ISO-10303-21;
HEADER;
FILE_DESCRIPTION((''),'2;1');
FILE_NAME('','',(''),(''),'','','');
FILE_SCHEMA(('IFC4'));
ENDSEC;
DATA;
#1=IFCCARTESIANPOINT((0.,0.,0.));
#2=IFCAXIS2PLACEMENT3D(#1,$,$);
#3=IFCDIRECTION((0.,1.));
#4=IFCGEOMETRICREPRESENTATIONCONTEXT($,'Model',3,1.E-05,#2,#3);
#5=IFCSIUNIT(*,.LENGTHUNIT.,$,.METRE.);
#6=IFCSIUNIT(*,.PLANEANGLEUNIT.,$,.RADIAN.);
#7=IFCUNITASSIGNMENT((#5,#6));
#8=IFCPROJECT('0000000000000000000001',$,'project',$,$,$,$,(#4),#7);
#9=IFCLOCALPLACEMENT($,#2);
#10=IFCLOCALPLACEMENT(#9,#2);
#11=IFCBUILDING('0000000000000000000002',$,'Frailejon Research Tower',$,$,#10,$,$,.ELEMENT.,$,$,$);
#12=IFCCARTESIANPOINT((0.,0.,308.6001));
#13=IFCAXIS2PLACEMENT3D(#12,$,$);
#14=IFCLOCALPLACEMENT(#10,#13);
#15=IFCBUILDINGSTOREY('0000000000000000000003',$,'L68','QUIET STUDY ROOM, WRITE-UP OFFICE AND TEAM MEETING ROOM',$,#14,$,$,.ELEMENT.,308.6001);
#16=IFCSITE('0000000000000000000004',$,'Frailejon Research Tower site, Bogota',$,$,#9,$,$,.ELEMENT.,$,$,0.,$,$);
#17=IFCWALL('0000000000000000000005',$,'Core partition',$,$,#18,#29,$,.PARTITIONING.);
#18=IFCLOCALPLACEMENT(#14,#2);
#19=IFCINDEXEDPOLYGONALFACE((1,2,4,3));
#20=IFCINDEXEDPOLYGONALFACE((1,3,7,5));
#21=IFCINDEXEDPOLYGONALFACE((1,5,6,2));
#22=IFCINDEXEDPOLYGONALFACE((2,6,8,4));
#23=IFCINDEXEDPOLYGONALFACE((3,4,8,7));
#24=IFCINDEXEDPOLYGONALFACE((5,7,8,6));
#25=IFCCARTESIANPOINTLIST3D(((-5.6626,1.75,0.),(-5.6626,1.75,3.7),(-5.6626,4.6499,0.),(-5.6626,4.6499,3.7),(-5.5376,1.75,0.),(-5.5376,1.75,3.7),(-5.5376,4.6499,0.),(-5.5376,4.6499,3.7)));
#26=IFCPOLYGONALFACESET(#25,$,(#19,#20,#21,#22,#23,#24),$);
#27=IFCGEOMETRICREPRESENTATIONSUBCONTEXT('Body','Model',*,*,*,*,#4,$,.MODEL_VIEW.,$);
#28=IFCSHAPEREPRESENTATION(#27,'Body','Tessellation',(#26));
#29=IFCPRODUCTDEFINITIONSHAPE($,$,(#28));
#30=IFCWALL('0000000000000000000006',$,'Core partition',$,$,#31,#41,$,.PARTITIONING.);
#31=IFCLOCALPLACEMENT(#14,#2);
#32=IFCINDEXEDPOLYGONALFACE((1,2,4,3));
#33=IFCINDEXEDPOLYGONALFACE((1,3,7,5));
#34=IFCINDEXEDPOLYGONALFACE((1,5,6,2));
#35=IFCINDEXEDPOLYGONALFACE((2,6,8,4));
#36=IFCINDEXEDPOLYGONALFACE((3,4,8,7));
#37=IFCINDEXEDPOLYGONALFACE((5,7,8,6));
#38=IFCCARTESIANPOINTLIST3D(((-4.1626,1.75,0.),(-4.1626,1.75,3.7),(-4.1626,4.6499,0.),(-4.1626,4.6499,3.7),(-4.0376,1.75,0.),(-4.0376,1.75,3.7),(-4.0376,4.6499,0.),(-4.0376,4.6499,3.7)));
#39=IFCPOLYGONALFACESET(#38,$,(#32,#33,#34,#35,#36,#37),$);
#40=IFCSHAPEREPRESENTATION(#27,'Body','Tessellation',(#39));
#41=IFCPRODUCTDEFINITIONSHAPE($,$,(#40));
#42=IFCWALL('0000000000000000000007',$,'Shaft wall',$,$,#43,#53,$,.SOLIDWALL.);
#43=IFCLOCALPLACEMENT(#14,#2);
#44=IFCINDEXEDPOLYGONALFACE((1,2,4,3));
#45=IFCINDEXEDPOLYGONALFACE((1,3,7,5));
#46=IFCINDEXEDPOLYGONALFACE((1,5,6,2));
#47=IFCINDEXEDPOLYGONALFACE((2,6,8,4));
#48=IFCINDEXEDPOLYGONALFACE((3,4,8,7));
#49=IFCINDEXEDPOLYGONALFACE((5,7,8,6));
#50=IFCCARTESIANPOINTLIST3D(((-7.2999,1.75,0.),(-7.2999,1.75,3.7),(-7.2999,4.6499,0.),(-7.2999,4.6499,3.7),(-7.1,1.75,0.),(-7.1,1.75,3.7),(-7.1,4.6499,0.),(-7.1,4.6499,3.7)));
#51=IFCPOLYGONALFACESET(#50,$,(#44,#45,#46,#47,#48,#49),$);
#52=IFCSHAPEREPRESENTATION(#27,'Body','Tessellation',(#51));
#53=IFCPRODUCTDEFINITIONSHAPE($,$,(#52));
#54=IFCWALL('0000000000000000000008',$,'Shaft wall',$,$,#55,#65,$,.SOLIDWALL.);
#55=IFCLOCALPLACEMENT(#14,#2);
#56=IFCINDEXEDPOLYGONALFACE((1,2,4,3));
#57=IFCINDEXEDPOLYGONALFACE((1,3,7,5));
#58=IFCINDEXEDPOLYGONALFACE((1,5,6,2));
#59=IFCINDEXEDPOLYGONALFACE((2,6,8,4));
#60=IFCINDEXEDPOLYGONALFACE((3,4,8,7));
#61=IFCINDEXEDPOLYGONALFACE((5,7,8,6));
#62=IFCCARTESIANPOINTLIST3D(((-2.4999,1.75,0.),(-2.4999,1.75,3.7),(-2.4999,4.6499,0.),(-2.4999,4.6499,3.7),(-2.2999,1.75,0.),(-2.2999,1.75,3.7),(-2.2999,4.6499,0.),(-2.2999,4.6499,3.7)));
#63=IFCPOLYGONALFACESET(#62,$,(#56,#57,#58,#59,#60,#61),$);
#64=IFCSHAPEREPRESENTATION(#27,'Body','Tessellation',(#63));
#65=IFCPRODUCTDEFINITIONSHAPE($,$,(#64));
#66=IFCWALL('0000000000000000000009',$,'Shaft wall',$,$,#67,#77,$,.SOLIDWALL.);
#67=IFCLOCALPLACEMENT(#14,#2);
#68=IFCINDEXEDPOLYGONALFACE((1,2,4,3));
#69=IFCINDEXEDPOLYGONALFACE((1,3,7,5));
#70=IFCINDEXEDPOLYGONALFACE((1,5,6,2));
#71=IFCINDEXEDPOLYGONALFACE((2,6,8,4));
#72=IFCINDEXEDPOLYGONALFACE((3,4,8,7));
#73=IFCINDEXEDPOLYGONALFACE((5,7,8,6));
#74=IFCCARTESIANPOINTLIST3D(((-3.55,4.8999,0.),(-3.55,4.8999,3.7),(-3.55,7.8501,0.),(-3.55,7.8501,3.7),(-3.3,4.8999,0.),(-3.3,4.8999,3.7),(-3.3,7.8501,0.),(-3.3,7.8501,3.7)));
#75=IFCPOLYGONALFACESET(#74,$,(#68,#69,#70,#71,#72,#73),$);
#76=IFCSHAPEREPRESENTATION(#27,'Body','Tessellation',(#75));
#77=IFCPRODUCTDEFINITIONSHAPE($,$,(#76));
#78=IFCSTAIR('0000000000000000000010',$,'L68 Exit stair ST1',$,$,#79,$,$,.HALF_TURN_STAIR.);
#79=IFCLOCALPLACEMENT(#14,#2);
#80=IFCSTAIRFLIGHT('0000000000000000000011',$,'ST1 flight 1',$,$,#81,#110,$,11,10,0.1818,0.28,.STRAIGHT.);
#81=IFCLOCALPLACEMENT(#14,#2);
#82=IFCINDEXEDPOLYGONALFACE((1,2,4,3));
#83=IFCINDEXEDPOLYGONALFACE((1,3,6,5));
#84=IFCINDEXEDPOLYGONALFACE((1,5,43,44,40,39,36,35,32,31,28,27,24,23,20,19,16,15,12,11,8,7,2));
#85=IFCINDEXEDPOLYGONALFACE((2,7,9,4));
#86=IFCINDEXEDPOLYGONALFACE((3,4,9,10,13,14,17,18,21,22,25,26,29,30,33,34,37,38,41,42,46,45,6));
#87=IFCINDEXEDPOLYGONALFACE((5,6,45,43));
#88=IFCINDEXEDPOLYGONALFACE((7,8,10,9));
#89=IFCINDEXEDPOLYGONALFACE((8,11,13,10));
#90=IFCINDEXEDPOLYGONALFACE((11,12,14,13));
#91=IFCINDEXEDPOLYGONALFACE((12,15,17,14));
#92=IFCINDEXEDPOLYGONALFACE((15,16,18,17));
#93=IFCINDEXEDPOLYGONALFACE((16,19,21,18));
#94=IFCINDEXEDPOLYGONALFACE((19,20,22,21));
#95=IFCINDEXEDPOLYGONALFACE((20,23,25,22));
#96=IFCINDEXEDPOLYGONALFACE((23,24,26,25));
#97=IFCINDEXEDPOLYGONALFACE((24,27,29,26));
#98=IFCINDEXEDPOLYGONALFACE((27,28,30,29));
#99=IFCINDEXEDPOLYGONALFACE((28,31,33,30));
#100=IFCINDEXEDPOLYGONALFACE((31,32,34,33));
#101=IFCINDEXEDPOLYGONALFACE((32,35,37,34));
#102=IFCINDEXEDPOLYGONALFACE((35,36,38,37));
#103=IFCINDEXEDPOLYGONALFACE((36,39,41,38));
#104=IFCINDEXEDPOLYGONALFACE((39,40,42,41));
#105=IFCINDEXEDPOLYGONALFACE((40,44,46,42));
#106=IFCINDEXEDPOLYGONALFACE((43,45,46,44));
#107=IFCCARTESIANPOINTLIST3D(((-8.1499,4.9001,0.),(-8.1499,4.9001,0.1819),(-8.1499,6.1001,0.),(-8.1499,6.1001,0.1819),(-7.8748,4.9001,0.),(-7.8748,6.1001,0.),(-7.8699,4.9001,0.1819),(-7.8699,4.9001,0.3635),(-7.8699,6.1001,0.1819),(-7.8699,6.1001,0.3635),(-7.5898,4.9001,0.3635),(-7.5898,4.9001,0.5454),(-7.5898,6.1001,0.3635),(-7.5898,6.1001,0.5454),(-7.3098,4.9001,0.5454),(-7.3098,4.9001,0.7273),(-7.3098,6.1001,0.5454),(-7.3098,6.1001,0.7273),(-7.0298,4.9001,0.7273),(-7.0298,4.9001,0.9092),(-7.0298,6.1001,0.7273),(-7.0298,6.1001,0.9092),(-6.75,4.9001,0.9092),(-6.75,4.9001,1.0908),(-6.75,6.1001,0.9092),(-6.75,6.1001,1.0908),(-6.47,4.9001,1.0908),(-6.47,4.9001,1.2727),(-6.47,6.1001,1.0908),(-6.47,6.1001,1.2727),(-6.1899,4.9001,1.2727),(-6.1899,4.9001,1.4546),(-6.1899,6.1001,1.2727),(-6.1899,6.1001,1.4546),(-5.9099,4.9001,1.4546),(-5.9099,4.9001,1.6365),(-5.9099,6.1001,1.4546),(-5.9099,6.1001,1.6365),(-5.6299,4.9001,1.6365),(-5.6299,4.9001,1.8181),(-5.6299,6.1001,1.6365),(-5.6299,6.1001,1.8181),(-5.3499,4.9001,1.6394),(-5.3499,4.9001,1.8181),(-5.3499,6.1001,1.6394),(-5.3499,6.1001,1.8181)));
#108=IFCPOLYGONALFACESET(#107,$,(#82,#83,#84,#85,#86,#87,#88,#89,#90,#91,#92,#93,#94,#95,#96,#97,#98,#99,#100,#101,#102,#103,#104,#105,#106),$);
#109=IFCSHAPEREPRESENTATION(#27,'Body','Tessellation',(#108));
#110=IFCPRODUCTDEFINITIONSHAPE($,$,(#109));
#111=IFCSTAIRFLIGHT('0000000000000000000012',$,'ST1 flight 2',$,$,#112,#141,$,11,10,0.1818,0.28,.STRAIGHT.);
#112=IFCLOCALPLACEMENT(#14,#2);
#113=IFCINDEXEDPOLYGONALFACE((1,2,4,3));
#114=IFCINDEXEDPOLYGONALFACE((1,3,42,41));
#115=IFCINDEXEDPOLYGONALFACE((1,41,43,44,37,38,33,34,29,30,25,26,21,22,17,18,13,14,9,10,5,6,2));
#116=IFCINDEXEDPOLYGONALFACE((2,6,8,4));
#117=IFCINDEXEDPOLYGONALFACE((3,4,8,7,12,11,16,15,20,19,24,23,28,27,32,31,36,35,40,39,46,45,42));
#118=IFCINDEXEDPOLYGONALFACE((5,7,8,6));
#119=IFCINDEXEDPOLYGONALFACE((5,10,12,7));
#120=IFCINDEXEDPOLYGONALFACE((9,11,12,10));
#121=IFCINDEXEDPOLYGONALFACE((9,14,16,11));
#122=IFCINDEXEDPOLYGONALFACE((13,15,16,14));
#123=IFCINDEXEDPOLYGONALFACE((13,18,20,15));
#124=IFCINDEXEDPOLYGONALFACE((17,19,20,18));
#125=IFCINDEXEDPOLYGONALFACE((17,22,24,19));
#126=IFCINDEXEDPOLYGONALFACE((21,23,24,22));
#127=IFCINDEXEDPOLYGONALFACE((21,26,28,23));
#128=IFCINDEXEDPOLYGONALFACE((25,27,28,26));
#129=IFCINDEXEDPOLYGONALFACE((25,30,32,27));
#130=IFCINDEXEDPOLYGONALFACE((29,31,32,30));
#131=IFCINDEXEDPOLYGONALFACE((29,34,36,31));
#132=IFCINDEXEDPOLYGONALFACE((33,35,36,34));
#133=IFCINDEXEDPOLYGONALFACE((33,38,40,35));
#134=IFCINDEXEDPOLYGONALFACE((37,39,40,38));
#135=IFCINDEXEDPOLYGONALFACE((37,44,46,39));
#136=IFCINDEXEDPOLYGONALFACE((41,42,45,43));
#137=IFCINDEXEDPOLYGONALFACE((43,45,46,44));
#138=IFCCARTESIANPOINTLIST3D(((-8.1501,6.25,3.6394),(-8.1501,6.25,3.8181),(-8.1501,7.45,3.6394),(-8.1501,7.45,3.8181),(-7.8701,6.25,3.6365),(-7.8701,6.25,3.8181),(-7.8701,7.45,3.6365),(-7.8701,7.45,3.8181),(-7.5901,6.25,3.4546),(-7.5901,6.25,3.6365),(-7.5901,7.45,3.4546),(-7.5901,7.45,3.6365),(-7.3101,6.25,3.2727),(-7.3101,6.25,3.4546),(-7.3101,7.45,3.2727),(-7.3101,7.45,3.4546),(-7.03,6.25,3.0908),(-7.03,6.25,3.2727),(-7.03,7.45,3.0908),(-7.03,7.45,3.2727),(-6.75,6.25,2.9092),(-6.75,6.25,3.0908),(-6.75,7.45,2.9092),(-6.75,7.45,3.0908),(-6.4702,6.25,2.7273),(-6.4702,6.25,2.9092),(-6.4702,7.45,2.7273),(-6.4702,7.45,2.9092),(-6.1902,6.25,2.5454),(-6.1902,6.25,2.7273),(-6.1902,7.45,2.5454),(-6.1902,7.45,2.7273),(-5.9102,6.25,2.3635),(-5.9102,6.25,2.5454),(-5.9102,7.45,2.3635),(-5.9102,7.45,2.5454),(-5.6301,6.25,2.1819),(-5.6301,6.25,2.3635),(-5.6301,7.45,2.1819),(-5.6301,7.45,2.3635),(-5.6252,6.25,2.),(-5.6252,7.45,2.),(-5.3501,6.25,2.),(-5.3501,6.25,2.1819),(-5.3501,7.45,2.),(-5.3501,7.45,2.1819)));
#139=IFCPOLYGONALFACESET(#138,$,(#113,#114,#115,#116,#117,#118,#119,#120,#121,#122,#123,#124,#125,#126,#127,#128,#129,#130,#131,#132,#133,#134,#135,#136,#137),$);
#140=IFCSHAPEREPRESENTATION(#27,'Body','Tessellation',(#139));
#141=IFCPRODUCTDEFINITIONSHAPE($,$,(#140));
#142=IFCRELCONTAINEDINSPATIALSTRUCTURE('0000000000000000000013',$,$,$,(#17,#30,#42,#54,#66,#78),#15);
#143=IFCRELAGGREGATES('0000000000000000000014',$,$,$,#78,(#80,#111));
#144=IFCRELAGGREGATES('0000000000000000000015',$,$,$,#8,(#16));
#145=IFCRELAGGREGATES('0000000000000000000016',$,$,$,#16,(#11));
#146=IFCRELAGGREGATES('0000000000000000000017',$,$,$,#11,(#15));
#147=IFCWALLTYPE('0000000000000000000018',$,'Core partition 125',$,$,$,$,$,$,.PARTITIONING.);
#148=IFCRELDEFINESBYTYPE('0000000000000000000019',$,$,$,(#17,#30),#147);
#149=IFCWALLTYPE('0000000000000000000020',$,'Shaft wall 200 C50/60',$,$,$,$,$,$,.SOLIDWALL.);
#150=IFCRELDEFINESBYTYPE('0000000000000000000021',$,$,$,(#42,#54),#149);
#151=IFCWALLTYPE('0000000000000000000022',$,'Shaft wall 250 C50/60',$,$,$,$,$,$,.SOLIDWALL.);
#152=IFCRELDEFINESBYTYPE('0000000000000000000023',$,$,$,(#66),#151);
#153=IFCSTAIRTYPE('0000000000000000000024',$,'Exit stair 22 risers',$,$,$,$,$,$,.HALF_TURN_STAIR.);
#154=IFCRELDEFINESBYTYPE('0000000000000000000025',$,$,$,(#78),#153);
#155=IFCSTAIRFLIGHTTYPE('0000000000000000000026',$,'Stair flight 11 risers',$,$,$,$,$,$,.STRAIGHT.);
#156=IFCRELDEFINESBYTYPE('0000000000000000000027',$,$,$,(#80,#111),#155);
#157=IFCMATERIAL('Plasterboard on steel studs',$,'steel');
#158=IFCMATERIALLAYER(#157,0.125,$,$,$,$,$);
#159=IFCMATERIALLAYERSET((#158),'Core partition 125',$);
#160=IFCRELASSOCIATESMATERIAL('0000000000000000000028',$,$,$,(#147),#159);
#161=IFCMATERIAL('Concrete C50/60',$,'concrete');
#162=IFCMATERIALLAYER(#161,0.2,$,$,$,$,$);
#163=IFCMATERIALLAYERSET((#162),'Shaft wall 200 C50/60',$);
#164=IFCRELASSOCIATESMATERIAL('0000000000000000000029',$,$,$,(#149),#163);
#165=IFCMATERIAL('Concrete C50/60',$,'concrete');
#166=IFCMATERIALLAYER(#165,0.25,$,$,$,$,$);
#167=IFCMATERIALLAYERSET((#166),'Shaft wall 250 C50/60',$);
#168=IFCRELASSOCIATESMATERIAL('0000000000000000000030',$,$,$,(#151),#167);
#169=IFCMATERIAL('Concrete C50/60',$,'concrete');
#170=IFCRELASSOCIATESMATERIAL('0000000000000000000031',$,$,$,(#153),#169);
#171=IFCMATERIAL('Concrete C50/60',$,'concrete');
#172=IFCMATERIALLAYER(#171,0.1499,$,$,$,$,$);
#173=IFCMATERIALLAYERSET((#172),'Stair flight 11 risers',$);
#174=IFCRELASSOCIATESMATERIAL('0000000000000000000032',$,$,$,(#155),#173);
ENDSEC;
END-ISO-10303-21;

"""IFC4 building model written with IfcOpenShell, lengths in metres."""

from ifc_helpers import new_model, si_unit, direction, frame, frame_2d, origin, place, context, subcontext, project, spatial, polyline, rectangle, outline, extrude, material, layer, layer_set, type_object, element, aggregate, save


model = new_model("IFC4")

# Units and contexts
model_context = context("Model", 3, precision=1e-05, world=origin(), true_north=direction((0.0, 1.0)))
body_context = subcontext(model_context, "Body", "Model", "MODEL_VIEW")
ifc_project = project(units=[si_unit("LENGTHUNIT", "METRE"), si_unit("PLANEANGLEUNIT", "RADIAN")], contexts=[model_context])

# Site, building, storey
site_placement = place(None, origin())
site = spatial("IfcSite", under=ifc_project, at=site_placement, Name="Frailejon Research Tower site, Bogota", CompositionType="ELEMENT", RefElevation=0.0)
building_placement = place(site_placement, origin())
building = spatial("IfcBuilding", under=site, at=building_placement, Name="Frailejon Research Tower", CompositionType="ELEMENT")
storey_placement = place(building_placement, frame((0.0, 0.0, 308.6001)))
storey = spatial("IfcBuildingStorey", under=building, at=storey_placement, Name="L68", Description="QUIET STUDY ROOM, WRITE-UP OFFICE AND TEAM MEETING ROOM", CompositionType="ELEMENT", Elevation=308.6001)

# Walls
ifc_material_1 = material(Name="Plasterboard on steel studs", Category="steel")
ifc_layer_1 = layer(ifc_material_1, 0.125)
ifc_layer_set_1 = layer_set([ifc_layer_1], Name="Core partition 125")
wall_type_1 = type_object("IfcWallType", Name="Core partition 125", PredefinedType="PARTITIONING", material=ifc_layer_set_1)
for number, where, z_axis, x_axis, name in (
    (1, (-5.6001, 1.75, 0.0), (0.0, 0.0, 1.0), (0.0, 1.0, 0.0), "Core partition"),
    (2, (-4.1001, 1.75, 0.0), (0.0, 0.0, 1.0), (0.0, 1.0, 0.0), "Core partition"),
):
    element("IfcWall", number, at=place(storey_placement, frame(where, z_axis=z_axis, x_axis=x_axis)), inside=storey, type_object=wall_type_1, Name=name, PredefinedType="PARTITIONING", context=body_context, shape_type="SweptSolid", body=[
        extrude(rectangle(XDim=2.8999, YDim=0.125, at=frame_2d((1.45, 0.0))), origin(), (0.0, 0.0, 1.0), 3.7),
    ])
ifc_material_2 = material(Name="Concrete C50/60", Category="concrete")
ifc_layer_2 = layer(ifc_material_2, 0.2)
ifc_layer_set_2 = layer_set([ifc_layer_2], Name="Shaft wall 200 C50/60")
wall_type_2 = type_object("IfcWallType", Name="Shaft wall 200 C50/60", PredefinedType="SOLIDWALL", material=ifc_layer_set_2)
for number, where, z_axis, x_axis, name in (
    (3, (-7.2, 1.75, 0.0), (0.0, 0.0, 1.0), (0.0, 1.0, 0.0), "Shaft wall"),
    (4, (-2.3999, 1.75, 0.0), (0.0, 0.0, 1.0), (0.0, 1.0, 0.0), "Shaft wall"),
):
    element("IfcWall", number, at=place(storey_placement, frame(where, z_axis=z_axis, x_axis=x_axis)), inside=storey, type_object=wall_type_2, Name=name, PredefinedType="SOLIDWALL", context=body_context, shape_type="SweptSolid", body=[
        extrude(rectangle(XDim=2.8999, YDim=0.2, at=frame_2d((1.45, 0.0))), origin(), (0.0, 0.0, 1.0), 3.7),
    ])
ifc_material_3 = material(Name="Concrete C50/60", Category="concrete")
ifc_layer_3 = layer(ifc_material_3, 0.25)
ifc_layer_set_3 = layer_set([ifc_layer_3], Name="Shaft wall 250 C50/60")
wall_type_3 = type_object("IfcWallType", Name="Shaft wall 250 C50/60", PredefinedType="SOLIDWALL", material=ifc_layer_set_3)
wall_placement = place(storey_placement, frame((-3.425, 4.8999, 0.0), z_axis=(0.0, 0.0, 1.0), x_axis=(0.0, 1.0, 0.0)))
element("IfcWall", 5, at=wall_placement, inside=storey, type_object=wall_type_3, Name="Shaft wall", PredefinedType="SOLIDWALL", context=body_context, shape_type="SweptSolid", body=[
    extrude(rectangle(XDim=2.9502, YDim=0.25, at=frame_2d((1.4751, 0.0))), origin(), (0.0, 0.0, 1.0), 3.7),
])

# Stair, stair flights
ifc_material_4 = material(Name="Concrete C50/60", Category="concrete")
stair_type = type_object("IfcStairType", Name="Exit stair 22 risers", PredefinedType="HALF_TURN_STAIR", material=ifc_material_4)
stair_placement = place(storey_placement, origin())
stair = element("IfcStair", 6, at=stair_placement, inside=storey, type_object=stair_type, Name="L68 Exit stair ST1", PredefinedType="HALF_TURN_STAIR")
ifc_material_5 = material(Name="Concrete C50/60", Category="concrete")
ifc_layer_4 = layer(ifc_material_5, 0.1499)
ifc_layer_set_4 = layer_set([ifc_layer_4], Name="Stair flight 11 risers")
stair_flight_type = type_object("IfcStairFlightType", Name="Stair flight 11 risers", PredefinedType="STRAIGHT", material=ifc_layer_set_4)
stair_flight_1_placement = place(storey_placement, frame((-8.1499, 5.5, 0.0), z_axis=(0.0, 0.0, 1.0), x_axis=(1.0, 0.0, 0.0)))
stair_flight_1 = element("IfcStairFlight", 7, at=stair_flight_1_placement, type_object=stair_flight_type, Name="ST1 flight 1", NumberOfRisers=11, NumberOfTreads=10, PredefinedType="STRAIGHT", RiserHeight=0.1818, TreadLength=0.28, context=body_context, shape_type="SweptSolid", body=[
    extrude(outline(polyline([(0.0, 0.0), (0.0, 0.1819), (0.28, 0.1819), (0.28, 0.3635), (0.5601, 0.3635), (0.5601, 0.5454), (0.8401, 0.5454), (0.8401, 0.7273), (1.1201, 0.7273), (1.1201, 0.9092), (1.3999, 0.9092), (1.3999, 1.0908), (1.6799, 1.0908), (1.6799, 1.2727), (1.96, 1.2727), (1.96, 1.4546), (2.24, 1.4546), (2.24, 1.6365), (2.52, 1.6365), (2.52, 1.8181), (2.8, 1.8181), (2.8, 2.0), (2.8, 1.6394), (0.2751, 0.0), (0.0, 0.0)])), frame((0.0, 0.6001, 0.0), z_axis=(0.0, -1.0, 0.0), x_axis=(1.0, 0.0, 0.0)), (0.0, 0.0, 1.0), 1.2),
])
stair_flight_2_placement = place(storey_placement, frame((-5.3501, 6.8501, 2.0), z_axis=(0.0, 0.0, 1.0), x_axis=(-1.0, 0.0, 0.0)))
stair_flight_2 = element("IfcStairFlight", 8, at=stair_flight_2_placement, type_object=stair_flight_type, Name="ST1 flight 2", NumberOfRisers=11, NumberOfTreads=10, PredefinedType="STRAIGHT", RiserHeight=0.1818, TreadLength=0.28, context=body_context, shape_type="SweptSolid", body=[
    extrude(outline(polyline([(0.0, 0.0), (0.0, 0.1819), (0.28, 0.1819), (0.28, 0.3635), (0.5601, 0.3635), (0.5601, 0.5454), (0.8401, 0.5454), (0.8401, 0.7273), (1.1201, 0.7273), (1.1201, 0.9092), (1.3999, 0.9092), (1.3999, 1.0908), (1.6799, 1.0908), (1.6799, 1.2727), (1.96, 1.2727), (1.96, 1.4546), (2.24, 1.4546), (2.24, 1.6365), (2.52, 1.6365), (2.52, 1.8181), (2.8, 1.8181), (2.8, 2.0), (2.8, 1.6394), (0.2751, 0.0), (0.0, 0.0)])), frame((0.0, 0.6001, 0.0), z_axis=(0.0, -1.0, 0.0), x_axis=(1.0, 0.0, 0.0)), (0.0, 0.0, 1.0), 1.2),
])
aggregate(stair, [stair_flight_1, stair_flight_2])

save(model, "model.ifc")
